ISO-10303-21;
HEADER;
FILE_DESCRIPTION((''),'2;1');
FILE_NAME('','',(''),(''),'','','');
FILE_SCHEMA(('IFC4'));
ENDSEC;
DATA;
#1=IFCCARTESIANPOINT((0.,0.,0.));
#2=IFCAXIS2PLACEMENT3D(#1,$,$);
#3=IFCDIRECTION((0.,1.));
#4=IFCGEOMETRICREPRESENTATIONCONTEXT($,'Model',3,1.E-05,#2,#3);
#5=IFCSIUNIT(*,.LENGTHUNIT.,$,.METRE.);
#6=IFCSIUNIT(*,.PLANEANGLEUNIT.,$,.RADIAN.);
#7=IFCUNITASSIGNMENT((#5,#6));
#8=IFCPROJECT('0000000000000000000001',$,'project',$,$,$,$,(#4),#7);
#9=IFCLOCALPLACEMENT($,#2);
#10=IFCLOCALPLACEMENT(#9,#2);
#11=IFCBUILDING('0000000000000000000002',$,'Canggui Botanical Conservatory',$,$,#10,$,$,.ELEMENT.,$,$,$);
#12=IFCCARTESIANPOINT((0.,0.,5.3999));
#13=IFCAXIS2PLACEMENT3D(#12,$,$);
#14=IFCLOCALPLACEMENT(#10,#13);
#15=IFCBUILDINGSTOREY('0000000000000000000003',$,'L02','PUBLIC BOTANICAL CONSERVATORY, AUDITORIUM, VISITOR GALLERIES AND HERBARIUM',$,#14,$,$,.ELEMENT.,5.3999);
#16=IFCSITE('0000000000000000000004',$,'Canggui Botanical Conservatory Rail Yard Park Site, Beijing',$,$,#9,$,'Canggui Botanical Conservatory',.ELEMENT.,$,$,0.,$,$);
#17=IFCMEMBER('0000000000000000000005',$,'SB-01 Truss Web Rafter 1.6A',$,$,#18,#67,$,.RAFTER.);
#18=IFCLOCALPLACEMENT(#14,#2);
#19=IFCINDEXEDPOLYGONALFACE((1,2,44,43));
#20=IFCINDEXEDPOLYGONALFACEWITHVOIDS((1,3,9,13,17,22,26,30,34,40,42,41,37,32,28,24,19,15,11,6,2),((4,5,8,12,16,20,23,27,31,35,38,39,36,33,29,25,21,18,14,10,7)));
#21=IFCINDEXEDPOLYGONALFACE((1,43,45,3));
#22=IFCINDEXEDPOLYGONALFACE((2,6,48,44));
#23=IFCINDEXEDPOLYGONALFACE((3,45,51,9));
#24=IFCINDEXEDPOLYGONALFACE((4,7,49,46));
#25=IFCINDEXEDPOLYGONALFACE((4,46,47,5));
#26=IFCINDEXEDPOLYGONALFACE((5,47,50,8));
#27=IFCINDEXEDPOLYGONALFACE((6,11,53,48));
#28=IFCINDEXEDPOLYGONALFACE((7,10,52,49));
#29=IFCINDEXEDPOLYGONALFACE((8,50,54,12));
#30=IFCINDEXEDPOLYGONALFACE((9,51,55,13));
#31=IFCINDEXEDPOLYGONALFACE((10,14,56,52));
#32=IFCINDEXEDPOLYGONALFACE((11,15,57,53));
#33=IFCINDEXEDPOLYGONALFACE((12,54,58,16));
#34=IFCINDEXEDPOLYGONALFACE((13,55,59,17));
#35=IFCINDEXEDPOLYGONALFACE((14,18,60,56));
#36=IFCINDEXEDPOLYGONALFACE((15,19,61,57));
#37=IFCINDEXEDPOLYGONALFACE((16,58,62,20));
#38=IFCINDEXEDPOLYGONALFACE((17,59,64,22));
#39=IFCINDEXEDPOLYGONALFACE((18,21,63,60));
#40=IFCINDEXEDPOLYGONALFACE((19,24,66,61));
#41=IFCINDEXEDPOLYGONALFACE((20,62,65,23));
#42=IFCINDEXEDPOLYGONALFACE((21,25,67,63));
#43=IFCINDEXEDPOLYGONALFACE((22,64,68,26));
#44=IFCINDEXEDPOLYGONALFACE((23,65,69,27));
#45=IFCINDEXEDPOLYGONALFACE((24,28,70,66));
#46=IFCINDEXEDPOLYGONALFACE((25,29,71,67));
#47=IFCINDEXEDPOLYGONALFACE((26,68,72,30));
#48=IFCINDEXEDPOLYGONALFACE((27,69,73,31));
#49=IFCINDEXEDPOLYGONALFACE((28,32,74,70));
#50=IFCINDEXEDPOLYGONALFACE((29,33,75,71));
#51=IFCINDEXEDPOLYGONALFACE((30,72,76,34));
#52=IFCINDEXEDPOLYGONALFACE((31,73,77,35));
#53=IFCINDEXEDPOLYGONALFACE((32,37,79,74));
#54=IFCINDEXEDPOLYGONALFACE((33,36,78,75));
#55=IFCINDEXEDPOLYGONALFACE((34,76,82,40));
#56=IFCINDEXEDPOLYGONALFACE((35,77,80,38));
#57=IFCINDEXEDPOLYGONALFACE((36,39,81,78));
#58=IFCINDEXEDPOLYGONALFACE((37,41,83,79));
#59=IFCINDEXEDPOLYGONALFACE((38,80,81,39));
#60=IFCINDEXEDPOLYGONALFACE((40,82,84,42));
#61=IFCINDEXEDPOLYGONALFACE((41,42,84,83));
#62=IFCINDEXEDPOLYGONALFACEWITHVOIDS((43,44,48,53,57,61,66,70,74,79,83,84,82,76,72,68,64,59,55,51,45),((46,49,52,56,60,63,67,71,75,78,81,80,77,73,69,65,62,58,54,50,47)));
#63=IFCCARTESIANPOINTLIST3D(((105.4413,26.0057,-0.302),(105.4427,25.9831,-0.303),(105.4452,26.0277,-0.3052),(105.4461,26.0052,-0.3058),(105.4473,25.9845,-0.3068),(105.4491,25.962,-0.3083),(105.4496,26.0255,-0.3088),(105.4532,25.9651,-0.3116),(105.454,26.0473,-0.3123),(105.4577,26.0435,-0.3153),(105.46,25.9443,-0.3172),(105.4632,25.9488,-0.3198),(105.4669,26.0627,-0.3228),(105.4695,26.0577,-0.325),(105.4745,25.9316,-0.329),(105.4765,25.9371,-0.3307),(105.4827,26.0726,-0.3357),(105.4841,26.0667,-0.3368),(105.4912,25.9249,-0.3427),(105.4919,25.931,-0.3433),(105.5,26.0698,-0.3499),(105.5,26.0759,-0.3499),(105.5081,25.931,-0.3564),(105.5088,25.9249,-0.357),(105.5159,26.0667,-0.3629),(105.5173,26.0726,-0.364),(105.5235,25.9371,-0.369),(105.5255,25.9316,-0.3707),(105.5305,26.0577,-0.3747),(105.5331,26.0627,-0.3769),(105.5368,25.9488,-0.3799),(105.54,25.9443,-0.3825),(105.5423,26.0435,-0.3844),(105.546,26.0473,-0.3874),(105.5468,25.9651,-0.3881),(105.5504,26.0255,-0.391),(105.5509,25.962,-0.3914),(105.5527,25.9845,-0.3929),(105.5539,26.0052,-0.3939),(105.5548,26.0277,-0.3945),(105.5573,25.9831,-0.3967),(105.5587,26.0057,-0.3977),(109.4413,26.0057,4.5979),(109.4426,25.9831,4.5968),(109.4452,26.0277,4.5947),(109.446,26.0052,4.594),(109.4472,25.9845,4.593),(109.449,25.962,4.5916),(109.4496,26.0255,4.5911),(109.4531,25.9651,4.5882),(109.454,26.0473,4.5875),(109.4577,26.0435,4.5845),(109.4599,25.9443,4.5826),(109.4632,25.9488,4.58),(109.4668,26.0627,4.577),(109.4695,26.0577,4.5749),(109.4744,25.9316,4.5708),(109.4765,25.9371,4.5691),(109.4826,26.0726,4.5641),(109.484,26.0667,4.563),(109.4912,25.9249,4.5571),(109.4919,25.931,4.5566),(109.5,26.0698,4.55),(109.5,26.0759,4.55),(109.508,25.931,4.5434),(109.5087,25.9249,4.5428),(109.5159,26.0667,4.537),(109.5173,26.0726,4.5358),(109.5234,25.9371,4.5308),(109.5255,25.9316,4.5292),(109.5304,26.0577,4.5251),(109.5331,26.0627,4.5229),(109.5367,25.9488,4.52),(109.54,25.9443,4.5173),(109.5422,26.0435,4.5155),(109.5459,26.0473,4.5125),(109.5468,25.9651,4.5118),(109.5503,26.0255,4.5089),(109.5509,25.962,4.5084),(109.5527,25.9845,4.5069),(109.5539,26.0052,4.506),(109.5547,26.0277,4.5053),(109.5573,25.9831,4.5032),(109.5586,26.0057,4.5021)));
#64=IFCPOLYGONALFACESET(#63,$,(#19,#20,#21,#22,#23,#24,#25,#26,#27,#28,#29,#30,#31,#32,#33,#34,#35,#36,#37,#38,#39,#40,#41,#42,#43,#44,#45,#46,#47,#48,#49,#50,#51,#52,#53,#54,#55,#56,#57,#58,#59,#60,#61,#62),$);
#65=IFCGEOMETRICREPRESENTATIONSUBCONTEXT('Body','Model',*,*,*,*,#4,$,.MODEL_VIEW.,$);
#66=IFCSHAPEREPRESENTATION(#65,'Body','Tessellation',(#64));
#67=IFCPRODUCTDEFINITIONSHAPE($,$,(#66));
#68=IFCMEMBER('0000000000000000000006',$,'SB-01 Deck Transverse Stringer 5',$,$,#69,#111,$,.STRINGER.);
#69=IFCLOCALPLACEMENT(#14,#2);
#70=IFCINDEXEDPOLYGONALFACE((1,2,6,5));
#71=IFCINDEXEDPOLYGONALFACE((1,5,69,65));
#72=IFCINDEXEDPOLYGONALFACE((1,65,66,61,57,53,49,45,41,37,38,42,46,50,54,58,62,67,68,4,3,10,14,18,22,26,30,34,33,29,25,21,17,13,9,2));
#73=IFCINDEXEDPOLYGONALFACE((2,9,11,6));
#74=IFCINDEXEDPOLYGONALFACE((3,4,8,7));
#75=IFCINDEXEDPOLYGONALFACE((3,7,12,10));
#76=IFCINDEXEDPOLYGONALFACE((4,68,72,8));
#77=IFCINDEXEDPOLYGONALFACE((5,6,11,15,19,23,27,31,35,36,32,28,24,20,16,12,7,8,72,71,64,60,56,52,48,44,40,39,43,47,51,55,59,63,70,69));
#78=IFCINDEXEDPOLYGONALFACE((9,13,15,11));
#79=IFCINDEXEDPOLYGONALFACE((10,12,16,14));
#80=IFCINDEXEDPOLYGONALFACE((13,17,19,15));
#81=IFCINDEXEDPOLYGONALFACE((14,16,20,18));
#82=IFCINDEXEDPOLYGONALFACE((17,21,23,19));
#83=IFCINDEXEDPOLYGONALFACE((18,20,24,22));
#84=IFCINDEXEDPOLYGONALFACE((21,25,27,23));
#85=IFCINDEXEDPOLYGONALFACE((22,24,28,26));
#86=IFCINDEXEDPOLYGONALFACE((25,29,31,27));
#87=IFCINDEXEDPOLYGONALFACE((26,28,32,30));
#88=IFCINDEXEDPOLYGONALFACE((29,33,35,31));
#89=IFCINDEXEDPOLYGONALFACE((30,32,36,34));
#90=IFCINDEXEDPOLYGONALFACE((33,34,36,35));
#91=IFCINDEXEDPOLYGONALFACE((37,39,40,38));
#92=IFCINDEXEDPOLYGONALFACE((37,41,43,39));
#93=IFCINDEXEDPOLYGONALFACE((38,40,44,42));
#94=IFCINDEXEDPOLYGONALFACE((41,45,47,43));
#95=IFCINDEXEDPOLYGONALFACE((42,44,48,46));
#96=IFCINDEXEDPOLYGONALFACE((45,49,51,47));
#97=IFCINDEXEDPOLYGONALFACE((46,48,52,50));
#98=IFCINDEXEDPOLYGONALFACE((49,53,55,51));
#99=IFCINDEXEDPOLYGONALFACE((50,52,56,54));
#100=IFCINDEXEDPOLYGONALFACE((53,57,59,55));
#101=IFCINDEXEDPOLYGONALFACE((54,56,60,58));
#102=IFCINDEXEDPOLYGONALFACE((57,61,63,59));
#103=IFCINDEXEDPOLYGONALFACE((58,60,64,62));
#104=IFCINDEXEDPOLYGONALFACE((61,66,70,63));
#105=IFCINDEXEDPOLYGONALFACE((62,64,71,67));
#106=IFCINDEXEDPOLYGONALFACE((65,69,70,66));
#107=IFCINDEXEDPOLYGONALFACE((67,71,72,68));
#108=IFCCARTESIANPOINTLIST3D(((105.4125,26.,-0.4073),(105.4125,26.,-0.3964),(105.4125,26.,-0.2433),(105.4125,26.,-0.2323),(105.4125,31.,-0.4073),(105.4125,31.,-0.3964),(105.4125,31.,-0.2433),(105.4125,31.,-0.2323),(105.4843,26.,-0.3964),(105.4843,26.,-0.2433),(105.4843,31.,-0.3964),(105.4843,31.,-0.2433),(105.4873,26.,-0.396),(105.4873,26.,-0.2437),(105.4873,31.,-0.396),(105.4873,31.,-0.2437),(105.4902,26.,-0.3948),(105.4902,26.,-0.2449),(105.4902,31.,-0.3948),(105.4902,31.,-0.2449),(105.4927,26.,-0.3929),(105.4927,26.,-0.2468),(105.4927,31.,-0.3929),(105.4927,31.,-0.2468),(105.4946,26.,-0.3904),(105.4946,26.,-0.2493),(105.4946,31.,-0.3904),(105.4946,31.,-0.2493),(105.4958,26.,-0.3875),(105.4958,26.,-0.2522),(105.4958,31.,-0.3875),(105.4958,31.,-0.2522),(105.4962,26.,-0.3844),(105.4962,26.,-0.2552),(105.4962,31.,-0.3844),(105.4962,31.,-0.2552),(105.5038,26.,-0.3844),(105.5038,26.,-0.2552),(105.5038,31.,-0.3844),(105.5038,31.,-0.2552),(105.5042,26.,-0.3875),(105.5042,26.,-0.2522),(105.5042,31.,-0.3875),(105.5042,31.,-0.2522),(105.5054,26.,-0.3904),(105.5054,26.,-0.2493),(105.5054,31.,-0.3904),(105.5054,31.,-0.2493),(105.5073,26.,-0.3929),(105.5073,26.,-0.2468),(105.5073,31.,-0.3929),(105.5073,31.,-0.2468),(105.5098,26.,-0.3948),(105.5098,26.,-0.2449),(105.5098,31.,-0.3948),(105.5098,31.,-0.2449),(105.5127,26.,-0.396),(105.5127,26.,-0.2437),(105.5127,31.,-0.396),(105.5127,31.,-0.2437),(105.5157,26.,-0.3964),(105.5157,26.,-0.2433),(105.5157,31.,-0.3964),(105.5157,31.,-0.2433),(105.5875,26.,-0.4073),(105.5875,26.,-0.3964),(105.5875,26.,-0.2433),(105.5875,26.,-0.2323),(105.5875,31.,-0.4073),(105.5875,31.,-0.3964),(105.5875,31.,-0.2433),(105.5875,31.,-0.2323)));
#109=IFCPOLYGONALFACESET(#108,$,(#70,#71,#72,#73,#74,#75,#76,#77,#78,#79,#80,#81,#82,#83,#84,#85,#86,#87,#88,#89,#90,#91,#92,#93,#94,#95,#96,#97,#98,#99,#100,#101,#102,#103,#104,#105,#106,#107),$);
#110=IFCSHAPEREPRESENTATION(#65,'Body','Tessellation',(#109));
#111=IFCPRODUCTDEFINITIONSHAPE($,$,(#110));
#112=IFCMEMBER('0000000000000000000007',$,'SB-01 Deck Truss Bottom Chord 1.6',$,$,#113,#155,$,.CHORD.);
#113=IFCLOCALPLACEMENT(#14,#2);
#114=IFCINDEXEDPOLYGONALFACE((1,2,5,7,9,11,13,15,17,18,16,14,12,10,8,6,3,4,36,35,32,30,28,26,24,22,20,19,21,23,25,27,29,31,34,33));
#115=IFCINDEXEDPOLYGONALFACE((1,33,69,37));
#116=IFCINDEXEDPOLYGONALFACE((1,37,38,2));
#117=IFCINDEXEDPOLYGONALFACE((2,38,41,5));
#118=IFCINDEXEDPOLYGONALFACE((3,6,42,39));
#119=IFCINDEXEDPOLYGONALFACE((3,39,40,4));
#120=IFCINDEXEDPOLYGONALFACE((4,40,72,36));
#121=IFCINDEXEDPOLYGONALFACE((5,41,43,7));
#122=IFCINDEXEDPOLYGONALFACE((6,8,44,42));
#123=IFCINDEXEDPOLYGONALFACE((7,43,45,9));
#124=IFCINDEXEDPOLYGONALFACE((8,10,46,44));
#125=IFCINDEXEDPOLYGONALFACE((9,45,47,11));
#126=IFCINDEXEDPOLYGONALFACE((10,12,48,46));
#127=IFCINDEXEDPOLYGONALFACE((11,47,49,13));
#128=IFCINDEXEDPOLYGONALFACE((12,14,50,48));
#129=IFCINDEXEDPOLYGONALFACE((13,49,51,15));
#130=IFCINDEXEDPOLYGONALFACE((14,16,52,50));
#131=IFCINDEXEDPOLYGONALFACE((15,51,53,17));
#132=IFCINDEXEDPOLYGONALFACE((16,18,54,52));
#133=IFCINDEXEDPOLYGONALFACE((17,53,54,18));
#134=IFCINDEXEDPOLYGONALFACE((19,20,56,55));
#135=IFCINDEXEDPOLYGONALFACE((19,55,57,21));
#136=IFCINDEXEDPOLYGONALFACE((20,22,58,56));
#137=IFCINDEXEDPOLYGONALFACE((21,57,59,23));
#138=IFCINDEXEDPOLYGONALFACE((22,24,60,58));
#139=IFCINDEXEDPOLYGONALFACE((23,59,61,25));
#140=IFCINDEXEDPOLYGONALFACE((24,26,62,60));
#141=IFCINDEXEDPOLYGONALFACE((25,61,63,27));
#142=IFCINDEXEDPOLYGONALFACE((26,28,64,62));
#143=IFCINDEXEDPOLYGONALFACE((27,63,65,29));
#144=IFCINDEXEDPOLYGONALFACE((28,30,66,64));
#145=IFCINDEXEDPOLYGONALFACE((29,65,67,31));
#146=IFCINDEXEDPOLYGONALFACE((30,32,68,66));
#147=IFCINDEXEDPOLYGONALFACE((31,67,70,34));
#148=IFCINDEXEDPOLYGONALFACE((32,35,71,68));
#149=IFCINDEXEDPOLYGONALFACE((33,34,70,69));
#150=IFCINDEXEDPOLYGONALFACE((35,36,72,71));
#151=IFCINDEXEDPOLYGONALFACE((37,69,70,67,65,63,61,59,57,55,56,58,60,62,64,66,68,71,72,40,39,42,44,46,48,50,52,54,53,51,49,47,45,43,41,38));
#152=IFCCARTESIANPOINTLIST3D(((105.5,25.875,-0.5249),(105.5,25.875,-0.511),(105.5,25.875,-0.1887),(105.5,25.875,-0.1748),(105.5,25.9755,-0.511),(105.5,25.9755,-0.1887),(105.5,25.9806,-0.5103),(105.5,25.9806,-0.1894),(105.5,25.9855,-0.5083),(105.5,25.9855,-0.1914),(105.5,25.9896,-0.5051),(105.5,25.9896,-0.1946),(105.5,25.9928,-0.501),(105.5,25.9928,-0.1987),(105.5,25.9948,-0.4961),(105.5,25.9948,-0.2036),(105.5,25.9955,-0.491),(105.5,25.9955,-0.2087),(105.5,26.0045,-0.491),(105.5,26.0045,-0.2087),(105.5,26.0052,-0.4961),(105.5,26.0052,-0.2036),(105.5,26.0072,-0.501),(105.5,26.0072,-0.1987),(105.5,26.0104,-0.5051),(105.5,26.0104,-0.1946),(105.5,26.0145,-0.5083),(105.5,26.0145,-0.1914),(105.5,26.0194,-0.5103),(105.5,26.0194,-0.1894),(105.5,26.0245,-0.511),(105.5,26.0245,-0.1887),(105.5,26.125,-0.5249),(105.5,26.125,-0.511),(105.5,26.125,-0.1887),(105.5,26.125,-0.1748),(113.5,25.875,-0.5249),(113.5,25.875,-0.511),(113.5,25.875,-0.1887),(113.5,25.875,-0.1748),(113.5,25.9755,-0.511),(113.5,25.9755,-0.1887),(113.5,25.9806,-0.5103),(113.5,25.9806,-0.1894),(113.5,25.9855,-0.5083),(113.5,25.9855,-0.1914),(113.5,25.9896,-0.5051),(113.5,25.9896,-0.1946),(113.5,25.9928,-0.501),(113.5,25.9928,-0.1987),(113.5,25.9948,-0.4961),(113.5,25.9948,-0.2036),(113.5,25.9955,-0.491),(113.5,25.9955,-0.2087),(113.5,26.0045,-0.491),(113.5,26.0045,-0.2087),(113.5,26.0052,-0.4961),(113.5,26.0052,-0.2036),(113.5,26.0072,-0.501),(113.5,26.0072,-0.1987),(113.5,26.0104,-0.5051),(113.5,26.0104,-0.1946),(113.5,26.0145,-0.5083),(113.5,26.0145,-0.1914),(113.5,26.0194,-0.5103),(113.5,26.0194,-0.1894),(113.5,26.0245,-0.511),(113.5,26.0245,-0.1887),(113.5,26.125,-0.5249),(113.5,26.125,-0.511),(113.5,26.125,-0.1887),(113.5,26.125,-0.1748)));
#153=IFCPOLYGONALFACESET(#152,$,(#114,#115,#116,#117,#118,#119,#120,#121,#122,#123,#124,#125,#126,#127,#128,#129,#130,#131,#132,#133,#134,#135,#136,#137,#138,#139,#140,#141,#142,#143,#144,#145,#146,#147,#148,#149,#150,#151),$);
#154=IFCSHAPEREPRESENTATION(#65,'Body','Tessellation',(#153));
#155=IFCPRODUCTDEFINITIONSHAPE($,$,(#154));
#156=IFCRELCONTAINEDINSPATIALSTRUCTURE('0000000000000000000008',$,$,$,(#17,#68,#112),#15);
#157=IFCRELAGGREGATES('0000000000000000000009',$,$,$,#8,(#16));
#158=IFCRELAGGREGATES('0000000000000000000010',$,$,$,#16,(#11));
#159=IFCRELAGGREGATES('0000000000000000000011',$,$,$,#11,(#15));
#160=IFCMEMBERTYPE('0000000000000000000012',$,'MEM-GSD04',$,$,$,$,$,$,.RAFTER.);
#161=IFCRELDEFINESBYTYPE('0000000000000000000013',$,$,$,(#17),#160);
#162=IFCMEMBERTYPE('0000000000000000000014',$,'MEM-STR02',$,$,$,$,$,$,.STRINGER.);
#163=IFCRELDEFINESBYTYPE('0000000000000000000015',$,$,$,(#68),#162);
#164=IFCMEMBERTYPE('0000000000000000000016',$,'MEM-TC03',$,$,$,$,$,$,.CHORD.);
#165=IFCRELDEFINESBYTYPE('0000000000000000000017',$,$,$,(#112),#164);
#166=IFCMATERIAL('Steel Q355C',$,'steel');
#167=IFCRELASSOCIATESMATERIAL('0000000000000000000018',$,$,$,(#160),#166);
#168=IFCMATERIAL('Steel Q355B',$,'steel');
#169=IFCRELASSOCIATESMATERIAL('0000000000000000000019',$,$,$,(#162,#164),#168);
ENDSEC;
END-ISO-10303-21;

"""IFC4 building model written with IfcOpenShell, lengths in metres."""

from ifc_helpers import new_model, si_unit, direction, frame, origin, origin_2d, place, context, subcontext, project, spatial, hollow_circle, i_section, extrude, material, material_profile, profile_set, type_object, element, save


model = new_model("IFC4")

# Units and contexts
model_context = context("Model", 3, precision=1e-05, world=origin(), true_north=direction((0.0, 1.0)))
body_context = subcontext(model_context, "Body", "Model", "MODEL_VIEW")
ifc_project = project(units=[si_unit("LENGTHUNIT", "METRE"), si_unit("PLANEANGLEUNIT", "RADIAN")], contexts=[model_context])

# Site, building, storey
site_placement = place(None, origin())
site = spatial("IfcSite", under=ifc_project, at=site_placement, Name="Canggui Botanical Conservatory Rail Yard Park Site, Beijing", LongName="Canggui Botanical Conservatory", CompositionType="ELEMENT", RefElevation=0.0)
building_placement = place(site_placement, origin())
building = spatial("IfcBuilding", under=site, at=building_placement, Name="Canggui Botanical Conservatory", CompositionType="ELEMENT")
storey_placement = place(building_placement, frame((0.0, 0.0, 5.3999)))
storey = spatial("IfcBuildingStorey", under=building, at=storey_placement, Name="L02", Description="PUBLIC BOTANICAL CONSERVATORY, AUDITORIUM, VISITOR GALLERIES AND HERBARIUM", CompositionType="ELEMENT", Elevation=5.3999)

# Shared definitions
ifc_material_1 = material(Name="Steel Q355B", Category="steel")

# Members
ifc_material_2 = material(Name="Steel Q355C", Category="steel")
ifc_material_profile_1 = material_profile(ifc_material_2, hollow_circle(Radius=0.0759, WallThickness=0.0061, at=origin_2d()), Name="CHS 152x6")
ifc_profile_set_1 = profile_set([ifc_material_profile_1], Name="Steel Q355C")
member_type_1 = type_object("IfcMemberType", Name="MEM-GSD04", PredefinedType="RAFTER", material=ifc_profile_set_1)
member_1_placement = place(storey_placement, frame((105.5, 26.0, -0.3499), z_axis=(0.632384, 0.0, 0.774655), x_axis=(0.0, 1.0, 0.0)))
element("IfcMember", 1, at=member_1_placement, inside=storey, type_object=member_type_1, Name="SB-01 Truss Web Rafter 1.6A", PredefinedType="RAFTER", context=body_context, shape_type="SweptSolid", body=[
    extrude(hollow_circle(Radius=0.0759, WallThickness=0.0061, at=origin_2d()), origin(), (0.0, 0.0, 1.0), 6.3252),
])
ifc_material_profile_2 = material_profile(ifc_material_1, i_section(OverallWidth=0.175, OverallDepth=0.175, WebThickness=0.0076, FlangeThickness=0.011, FilletRadius=0.012, at=origin_2d()), Name="HW 175x175x7.5x11")
ifc_profile_set_2 = profile_set([ifc_material_profile_2], Name="Steel Q355B")
member_type_2 = type_object("IfcMemberType", Name="MEM-STR02", PredefinedType="STRINGER", material=ifc_profile_set_2)
member_2_placement = place(storey_placement, frame((105.5, 26.0, -0.3198), z_axis=(0.0, 1.0, 0.0), x_axis=(-1.0, 0.0, 0.0)))
element("IfcMember", 2, at=member_2_placement, inside=storey, type_object=member_type_2, Name="SB-01 Deck Transverse Stringer 5", PredefinedType="STRINGER", context=body_context, shape_type="SweptSolid", body=[
    extrude(i_section(OverallWidth=0.175, OverallDepth=0.175, WebThickness=0.0076, FlangeThickness=0.011, FilletRadius=0.012, at=origin_2d()), origin(), (0.0, 0.0, 1.0), 5.0),
])
ifc_material_profile_3 = material_profile(ifc_material_1, i_section(OverallWidth=0.25, OverallDepth=0.3501, WebThickness=0.009, FlangeThickness=0.0139, FilletRadius=0.02, at=origin_2d()), Name="HM 350x250x9x14")
ifc_profile_set_3 = profile_set([ifc_material_profile_3], Name="Steel Q355B")
member_type_3 = type_object("IfcMemberType", Name="MEM-TC03", PredefinedType="CHORD", material=ifc_profile_set_3)
member_3_placement = place(storey_placement, frame((105.5, 26.0, -0.3499), z_axis=(1.0, 0.0, 0.0), x_axis=(0.0, 1.0, 0.0)))
element("IfcMember", 3, at=member_3_placement, inside=storey, type_object=member_type_3, Name="SB-01 Deck Truss Bottom Chord 1.6", PredefinedType="CHORD", context=body_context, shape_type="SweptSolid", body=[
    extrude(i_section(OverallWidth=0.25, OverallDepth=0.3501, WebThickness=0.009, FlangeThickness=0.0139, FilletRadius=0.02, at=origin_2d()), origin(), (0.0, 0.0, 1.0), 8.0),
])

save(model, "model.ifc")
